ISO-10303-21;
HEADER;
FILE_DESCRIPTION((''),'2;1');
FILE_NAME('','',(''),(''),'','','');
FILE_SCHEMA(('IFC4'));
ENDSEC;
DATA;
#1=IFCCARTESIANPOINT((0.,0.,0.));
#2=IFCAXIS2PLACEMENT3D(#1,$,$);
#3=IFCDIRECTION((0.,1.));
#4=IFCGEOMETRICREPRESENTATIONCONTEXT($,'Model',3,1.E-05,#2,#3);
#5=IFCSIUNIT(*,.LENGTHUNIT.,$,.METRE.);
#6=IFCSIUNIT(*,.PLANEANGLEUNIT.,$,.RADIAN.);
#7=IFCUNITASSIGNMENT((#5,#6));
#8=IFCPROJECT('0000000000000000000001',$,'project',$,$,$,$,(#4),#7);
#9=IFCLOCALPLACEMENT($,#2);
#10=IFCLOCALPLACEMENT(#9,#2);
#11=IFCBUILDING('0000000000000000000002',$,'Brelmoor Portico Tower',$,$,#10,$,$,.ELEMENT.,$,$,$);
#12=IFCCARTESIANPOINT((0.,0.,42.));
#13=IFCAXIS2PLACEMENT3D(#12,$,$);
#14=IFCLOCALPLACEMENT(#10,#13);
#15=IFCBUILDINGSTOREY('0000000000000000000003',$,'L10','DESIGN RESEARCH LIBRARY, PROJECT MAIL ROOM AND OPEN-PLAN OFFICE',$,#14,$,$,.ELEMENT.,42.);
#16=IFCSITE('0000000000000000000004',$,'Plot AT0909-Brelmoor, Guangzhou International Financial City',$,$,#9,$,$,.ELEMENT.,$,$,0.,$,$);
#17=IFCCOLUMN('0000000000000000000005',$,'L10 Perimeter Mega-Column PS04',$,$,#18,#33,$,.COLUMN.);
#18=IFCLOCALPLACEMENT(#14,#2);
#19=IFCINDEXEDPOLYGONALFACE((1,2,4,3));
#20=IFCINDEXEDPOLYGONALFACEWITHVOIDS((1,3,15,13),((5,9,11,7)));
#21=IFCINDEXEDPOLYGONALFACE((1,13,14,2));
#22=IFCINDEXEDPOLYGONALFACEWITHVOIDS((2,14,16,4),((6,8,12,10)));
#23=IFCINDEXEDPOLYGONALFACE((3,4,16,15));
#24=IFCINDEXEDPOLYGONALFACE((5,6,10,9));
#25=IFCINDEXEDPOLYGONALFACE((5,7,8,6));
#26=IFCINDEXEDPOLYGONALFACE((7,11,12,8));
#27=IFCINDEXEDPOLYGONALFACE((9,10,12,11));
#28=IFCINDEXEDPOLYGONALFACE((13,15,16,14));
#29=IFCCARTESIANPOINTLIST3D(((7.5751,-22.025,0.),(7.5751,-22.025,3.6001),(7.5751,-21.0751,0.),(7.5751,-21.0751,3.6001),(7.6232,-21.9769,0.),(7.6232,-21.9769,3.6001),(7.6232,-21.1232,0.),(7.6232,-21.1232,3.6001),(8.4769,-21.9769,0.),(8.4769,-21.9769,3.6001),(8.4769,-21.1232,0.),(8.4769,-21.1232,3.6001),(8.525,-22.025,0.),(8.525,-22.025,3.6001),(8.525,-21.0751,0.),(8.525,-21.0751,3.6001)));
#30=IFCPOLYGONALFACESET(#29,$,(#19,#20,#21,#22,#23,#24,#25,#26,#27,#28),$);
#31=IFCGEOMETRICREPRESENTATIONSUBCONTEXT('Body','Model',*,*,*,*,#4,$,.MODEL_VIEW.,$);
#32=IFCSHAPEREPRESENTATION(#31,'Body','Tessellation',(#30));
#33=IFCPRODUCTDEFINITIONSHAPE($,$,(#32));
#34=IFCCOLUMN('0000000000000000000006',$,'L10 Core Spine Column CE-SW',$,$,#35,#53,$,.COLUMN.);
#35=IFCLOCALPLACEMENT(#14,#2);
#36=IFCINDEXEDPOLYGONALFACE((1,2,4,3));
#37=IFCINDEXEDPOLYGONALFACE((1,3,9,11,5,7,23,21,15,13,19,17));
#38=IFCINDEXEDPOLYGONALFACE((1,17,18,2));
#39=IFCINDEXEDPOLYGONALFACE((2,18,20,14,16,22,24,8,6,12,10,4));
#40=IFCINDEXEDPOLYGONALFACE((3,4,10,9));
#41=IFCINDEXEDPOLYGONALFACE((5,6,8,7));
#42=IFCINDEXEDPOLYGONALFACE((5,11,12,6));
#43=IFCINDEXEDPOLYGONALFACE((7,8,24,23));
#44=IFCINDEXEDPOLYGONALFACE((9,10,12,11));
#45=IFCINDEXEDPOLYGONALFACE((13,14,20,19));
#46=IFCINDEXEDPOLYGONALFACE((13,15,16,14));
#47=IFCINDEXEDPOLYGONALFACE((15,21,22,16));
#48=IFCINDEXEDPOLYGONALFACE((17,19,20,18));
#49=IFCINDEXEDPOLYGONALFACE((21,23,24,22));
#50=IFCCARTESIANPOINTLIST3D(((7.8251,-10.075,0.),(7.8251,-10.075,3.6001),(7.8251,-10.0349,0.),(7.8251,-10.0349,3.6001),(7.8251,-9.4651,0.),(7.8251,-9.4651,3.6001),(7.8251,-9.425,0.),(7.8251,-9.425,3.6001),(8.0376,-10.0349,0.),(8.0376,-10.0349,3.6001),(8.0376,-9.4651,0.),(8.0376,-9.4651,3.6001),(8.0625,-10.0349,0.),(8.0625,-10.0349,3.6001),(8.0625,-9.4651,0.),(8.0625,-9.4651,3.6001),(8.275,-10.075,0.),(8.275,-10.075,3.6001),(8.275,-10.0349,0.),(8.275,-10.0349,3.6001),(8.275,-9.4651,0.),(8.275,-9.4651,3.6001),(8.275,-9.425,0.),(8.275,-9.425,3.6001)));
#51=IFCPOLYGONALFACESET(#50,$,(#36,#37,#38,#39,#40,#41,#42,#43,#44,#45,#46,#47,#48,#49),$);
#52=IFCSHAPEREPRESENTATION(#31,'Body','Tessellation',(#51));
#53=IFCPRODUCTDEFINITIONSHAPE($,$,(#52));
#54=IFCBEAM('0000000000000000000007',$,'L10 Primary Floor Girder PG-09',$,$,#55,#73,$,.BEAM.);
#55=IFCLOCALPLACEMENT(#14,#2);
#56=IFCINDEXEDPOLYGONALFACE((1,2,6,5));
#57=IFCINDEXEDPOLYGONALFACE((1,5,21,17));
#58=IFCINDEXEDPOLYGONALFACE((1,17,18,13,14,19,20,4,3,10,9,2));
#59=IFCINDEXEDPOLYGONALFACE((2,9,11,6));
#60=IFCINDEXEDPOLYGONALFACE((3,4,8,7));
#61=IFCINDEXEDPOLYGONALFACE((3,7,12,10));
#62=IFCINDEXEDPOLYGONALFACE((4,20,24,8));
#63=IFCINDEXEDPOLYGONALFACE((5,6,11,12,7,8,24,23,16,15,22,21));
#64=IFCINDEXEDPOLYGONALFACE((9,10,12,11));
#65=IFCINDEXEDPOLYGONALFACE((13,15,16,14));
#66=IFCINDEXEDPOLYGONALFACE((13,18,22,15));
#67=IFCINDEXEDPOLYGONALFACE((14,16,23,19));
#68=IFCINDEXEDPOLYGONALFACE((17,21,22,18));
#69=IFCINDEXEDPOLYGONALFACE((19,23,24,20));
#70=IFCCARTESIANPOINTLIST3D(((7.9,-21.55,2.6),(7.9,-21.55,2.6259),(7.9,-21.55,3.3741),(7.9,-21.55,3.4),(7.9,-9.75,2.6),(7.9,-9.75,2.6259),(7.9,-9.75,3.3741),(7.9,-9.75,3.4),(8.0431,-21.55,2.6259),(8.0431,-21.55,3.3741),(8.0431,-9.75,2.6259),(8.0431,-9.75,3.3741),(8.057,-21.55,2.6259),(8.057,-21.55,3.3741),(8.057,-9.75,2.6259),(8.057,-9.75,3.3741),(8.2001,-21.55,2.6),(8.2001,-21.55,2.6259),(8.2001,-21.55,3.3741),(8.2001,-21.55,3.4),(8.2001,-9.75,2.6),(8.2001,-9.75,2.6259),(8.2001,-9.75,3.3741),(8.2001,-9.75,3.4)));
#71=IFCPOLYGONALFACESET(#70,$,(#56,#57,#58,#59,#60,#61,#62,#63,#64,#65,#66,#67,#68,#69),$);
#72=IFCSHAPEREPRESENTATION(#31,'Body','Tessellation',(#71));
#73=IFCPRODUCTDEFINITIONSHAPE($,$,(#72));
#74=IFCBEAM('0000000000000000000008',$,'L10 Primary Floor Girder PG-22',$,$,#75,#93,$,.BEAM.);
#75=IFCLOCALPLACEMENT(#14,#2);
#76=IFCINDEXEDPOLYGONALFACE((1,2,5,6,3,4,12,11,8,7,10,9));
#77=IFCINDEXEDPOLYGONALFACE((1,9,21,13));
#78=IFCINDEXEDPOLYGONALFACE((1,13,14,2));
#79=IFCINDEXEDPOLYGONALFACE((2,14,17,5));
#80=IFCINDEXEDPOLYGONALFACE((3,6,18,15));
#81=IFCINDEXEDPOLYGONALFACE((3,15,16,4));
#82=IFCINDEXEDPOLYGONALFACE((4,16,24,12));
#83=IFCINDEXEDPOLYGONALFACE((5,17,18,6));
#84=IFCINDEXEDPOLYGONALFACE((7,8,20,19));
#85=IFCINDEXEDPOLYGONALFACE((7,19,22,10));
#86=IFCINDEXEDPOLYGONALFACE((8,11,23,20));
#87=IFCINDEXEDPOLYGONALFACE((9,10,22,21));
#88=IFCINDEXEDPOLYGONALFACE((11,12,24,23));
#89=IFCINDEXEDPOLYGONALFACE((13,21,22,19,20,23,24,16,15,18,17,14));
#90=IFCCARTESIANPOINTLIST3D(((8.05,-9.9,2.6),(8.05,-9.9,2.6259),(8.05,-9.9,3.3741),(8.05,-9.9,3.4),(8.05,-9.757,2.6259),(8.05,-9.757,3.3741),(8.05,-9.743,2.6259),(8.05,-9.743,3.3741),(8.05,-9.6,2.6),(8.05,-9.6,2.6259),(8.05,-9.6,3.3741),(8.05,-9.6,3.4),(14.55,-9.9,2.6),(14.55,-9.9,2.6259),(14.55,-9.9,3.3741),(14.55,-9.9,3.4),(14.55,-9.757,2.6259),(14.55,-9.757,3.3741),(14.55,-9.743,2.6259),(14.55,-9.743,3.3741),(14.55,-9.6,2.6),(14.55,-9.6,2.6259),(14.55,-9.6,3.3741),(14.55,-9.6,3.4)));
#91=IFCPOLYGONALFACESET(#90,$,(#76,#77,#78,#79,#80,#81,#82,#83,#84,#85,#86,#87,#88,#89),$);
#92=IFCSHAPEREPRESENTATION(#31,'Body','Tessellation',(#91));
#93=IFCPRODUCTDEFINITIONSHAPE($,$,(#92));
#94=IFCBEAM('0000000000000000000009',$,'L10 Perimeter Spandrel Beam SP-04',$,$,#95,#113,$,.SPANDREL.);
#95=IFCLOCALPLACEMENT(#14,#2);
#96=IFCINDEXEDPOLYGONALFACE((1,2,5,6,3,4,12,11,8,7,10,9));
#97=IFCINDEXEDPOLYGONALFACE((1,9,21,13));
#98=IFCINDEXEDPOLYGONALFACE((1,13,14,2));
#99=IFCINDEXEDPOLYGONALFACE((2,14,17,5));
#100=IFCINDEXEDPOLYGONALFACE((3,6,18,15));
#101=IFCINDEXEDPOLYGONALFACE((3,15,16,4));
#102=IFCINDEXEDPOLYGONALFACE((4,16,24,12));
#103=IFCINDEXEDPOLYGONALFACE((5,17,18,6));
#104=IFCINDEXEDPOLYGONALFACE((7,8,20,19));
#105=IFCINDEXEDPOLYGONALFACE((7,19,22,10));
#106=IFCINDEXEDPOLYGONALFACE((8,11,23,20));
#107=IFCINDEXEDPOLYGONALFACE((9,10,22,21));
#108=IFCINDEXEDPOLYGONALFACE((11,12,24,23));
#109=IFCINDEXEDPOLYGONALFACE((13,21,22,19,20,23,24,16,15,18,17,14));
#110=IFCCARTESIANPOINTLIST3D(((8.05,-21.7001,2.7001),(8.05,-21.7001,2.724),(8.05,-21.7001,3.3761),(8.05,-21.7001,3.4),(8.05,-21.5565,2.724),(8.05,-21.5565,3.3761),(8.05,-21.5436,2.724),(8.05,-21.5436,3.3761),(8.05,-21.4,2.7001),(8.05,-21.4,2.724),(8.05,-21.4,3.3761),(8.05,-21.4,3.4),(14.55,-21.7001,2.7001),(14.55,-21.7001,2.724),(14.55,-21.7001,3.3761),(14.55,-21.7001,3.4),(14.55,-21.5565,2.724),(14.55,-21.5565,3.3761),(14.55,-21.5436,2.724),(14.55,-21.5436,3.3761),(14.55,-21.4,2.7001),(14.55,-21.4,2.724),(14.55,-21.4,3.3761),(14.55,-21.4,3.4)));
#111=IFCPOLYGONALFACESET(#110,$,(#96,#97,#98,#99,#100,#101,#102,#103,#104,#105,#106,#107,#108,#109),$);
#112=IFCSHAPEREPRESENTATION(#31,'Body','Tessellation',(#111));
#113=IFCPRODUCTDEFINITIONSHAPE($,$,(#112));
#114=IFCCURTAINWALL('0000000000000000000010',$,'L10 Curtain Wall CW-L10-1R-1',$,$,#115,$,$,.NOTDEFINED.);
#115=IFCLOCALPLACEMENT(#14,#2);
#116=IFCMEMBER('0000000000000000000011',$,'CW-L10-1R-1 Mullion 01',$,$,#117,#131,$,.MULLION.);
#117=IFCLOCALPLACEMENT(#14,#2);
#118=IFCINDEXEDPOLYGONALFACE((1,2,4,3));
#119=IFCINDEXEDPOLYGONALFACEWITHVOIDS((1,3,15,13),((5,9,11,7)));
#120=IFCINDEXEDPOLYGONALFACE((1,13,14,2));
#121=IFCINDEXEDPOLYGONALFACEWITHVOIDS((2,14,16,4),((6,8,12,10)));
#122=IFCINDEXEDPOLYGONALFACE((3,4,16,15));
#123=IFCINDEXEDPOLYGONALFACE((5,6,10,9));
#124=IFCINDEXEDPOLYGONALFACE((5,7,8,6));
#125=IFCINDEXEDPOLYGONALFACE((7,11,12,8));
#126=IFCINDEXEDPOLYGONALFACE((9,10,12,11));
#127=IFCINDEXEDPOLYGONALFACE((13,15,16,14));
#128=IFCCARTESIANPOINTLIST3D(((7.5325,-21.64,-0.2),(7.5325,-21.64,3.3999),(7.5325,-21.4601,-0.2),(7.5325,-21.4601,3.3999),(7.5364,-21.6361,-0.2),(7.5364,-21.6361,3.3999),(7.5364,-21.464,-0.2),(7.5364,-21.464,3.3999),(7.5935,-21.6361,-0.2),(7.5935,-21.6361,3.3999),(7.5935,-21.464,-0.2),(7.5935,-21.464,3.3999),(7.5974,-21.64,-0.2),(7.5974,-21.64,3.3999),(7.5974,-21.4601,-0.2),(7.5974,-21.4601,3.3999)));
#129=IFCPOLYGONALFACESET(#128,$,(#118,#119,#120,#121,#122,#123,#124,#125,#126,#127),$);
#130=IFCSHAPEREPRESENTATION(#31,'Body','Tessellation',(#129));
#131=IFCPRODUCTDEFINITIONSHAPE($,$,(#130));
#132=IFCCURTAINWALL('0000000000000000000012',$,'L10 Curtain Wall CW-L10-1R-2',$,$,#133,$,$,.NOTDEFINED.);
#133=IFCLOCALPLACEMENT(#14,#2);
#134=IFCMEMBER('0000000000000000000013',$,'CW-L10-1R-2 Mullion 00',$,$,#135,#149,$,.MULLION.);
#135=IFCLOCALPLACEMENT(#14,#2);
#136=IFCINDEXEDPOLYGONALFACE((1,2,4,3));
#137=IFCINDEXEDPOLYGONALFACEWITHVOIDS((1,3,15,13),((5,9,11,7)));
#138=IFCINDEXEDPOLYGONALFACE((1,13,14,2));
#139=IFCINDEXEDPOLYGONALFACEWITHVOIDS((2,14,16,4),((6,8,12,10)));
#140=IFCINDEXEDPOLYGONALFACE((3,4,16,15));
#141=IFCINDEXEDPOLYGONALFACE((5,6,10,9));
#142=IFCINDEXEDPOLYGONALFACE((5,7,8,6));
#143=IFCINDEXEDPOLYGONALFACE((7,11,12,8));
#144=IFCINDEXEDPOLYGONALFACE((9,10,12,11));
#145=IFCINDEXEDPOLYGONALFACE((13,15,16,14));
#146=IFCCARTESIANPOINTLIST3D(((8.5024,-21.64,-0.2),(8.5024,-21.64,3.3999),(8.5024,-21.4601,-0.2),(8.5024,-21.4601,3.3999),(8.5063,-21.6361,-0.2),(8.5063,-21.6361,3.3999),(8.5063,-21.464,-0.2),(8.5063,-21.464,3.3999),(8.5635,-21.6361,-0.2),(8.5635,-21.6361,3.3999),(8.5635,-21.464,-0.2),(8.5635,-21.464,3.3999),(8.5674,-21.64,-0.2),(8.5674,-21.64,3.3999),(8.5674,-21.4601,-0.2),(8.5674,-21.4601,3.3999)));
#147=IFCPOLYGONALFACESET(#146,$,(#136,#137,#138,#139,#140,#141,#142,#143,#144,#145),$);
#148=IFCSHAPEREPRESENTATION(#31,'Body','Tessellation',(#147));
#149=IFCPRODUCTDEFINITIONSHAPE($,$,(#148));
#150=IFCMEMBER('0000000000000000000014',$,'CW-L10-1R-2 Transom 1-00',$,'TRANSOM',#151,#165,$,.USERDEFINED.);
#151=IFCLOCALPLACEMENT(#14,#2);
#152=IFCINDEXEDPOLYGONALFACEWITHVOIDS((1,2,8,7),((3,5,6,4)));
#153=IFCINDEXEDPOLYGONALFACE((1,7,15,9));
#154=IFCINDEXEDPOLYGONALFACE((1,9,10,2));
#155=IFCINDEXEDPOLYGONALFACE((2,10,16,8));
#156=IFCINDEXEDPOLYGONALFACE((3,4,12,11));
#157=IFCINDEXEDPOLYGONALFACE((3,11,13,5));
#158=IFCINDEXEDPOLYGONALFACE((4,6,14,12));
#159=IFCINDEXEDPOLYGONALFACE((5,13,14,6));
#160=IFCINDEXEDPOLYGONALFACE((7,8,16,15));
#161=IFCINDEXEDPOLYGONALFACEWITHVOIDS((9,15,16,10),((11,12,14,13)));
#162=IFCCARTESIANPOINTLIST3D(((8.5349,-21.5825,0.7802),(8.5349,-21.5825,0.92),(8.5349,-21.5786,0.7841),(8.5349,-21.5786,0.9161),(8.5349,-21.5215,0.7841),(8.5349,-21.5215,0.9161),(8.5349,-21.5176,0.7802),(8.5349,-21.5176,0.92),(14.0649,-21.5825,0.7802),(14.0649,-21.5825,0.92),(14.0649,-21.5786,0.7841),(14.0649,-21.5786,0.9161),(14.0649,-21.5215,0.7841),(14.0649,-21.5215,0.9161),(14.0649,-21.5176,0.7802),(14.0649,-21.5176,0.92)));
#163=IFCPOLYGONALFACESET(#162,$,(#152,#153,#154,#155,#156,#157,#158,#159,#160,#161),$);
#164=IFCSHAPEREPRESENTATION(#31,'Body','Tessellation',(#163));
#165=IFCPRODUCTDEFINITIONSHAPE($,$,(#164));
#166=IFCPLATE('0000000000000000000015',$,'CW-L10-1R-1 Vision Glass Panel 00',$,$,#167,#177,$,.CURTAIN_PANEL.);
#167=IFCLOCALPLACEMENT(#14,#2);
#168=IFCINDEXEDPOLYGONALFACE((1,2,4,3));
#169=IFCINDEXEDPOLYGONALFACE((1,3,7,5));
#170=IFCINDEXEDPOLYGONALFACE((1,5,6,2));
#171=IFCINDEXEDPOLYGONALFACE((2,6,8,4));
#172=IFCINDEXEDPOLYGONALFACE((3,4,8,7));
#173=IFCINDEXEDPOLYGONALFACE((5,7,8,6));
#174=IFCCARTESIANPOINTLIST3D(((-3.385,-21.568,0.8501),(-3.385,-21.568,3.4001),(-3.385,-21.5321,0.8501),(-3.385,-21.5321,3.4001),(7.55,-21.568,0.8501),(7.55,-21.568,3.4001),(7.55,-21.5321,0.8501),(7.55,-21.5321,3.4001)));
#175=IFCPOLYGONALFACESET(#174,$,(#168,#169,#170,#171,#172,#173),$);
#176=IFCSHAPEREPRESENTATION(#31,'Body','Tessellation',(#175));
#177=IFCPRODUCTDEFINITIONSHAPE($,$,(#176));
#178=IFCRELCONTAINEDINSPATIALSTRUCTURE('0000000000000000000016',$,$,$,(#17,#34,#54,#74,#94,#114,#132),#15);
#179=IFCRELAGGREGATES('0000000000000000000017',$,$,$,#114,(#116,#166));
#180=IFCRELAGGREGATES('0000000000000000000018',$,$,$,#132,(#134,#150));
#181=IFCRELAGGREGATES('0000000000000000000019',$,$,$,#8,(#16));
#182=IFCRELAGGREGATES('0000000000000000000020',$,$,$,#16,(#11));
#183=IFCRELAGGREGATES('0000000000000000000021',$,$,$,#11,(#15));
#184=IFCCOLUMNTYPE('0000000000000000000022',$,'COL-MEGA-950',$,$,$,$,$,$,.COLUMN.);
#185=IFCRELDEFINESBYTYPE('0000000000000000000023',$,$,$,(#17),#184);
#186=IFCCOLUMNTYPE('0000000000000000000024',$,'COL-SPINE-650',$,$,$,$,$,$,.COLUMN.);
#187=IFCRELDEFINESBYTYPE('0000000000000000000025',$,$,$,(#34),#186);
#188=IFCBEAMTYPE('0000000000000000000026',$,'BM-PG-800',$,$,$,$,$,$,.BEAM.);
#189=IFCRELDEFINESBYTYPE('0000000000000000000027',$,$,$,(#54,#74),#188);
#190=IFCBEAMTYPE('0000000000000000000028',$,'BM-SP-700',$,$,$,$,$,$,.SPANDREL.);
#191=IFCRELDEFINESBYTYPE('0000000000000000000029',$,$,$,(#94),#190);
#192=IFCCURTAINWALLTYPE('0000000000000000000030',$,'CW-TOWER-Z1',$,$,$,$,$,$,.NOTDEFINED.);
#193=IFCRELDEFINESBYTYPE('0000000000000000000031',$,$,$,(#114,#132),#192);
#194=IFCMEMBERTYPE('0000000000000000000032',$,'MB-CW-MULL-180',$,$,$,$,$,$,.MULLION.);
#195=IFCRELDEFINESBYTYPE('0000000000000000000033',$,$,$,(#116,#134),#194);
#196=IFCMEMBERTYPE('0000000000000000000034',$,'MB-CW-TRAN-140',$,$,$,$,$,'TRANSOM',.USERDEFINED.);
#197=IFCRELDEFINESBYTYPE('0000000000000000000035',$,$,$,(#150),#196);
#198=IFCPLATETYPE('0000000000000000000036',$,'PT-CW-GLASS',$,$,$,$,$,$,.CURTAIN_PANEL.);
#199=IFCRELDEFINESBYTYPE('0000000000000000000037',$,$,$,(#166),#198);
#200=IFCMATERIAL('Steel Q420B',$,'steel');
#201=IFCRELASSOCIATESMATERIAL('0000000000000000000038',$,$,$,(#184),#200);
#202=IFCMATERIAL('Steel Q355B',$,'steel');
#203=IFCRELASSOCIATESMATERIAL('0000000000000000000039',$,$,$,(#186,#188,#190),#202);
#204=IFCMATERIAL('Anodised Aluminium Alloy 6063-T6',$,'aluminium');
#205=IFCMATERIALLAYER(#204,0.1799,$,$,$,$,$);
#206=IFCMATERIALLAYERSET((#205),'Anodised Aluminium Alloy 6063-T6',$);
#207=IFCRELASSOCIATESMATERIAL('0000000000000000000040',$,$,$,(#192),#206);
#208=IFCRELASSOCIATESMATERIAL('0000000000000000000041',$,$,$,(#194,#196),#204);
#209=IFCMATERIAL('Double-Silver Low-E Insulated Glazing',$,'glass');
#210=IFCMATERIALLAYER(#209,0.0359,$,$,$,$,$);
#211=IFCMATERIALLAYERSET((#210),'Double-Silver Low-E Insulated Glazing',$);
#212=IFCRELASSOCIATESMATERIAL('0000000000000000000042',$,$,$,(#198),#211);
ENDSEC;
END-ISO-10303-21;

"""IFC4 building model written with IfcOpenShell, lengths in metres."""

from ifc_helpers import new_model, si_unit, direction, frame, origin, origin_2d, place, context, subcontext, project, spatial, rectangle, hollow_rectangle, i_section, extrude, material, layer, layer_set, material_profile, profile_set, type_object, element, aggregate, save


model = new_model("IFC4")

# Units and contexts
model_context = context("Model", 3, precision=1e-05, world=origin(), true_north=direction((0.0, 1.0)))
body_context = subcontext(model_context, "Body", "Model", "MODEL_VIEW")
ifc_project = project(units=[si_unit("LENGTHUNIT", "METRE"), si_unit("PLANEANGLEUNIT", "RADIAN")], contexts=[model_context])

# Site, building, storey
site_placement = place(None, origin())
site = spatial("IfcSite", under=ifc_project, at=site_placement, Name="Plot AT0909-Brelmoor, Guangzhou International Financial City", CompositionType="ELEMENT", RefElevation=0.0)
building_placement = place(site_placement, origin())
building = spatial("IfcBuilding", under=site, at=building_placement, Name="Brelmoor Portico Tower", CompositionType="ELEMENT")
storey_placement = place(building_placement, frame((0.0, 0.0, 42.0)))
storey = spatial("IfcBuildingStorey", under=building, at=storey_placement, Name="L10", Description="DESIGN RESEARCH LIBRARY, PROJECT MAIL ROOM AND OPEN-PLAN OFFICE", CompositionType="ELEMENT", Elevation=42.0)

# Columns
ifc_material_1 = material(Name="Steel Q420B", Category="steel")
ifc_material_profile_1 = material_profile(ifc_material_1, hollow_rectangle(XDim=0.95, YDim=0.95, WallThickness=0.0481, at=origin_2d()), Name="BOX 950x950x48")
ifc_profile_set_1 = profile_set([ifc_material_profile_1], Name="Steel Q420B")
column_type_1 = type_object("IfcColumnType", Name="COL-MEGA-950", PredefinedType="COLUMN", material=ifc_profile_set_1)
column_1_placement = place(storey_placement, frame((8.05, -21.55, 0.0), z_axis=(0.0, 0.0, 1.0), x_axis=(1.0, 0.0, 0.0)))
element("IfcColumn", 1, at=column_1_placement, inside=storey, type_object=column_type_1, Name="L10 Perimeter Mega-Column PS04", PredefinedType="COLUMN", context=body_context, shape_type="SweptSolid", body=[
    extrude(hollow_rectangle(XDim=0.95, YDim=0.95, WallThickness=0.0481, at=origin_2d()), origin(), (0.0, 0.0, 1.0), 3.6001),
])
ifc_material_2 = material(Name="Steel Q355B", Category="steel")
ifc_material_profile_2 = material_profile(ifc_material_2, i_section(OverallWidth=0.45, OverallDepth=0.6499, WebThickness=0.0249, FlangeThickness=0.04, at=origin_2d()), Name="HW 650x450x25x40")
ifc_profile_set_2 = profile_set([ifc_material_profile_2], Name="Steel Q355B")
column_type_2 = type_object("IfcColumnType", Name="COL-SPINE-650", PredefinedType="COLUMN", material=ifc_profile_set_2)
column_2_placement = place(storey_placement, frame((8.05, -9.75, 0.0), z_axis=(0.0, 0.0, 1.0), x_axis=(1.0, 0.0, 0.0)))
element("IfcColumn", 2, at=column_2_placement, inside=storey, type_object=column_type_2, Name="L10 Core Spine Column CE-SW", PredefinedType="COLUMN", context=body_context, shape_type="SweptSolid", body=[
    extrude(i_section(OverallWidth=0.45, OverallDepth=0.6499, WebThickness=0.0249, FlangeThickness=0.04, at=origin_2d()), origin(), (0.0, 0.0, 1.0), 3.6001),
])

# Beams
ifc_material_profile_3 = material_profile(ifc_material_2, i_section(OverallWidth=0.3, OverallDepth=0.8, WebThickness=0.0139, FlangeThickness=0.0259, at=origin_2d()), Name="HN 800x300x14x26")
ifc_profile_set_3 = profile_set([ifc_material_profile_3], Name="Steel Q355B")
beam_type_1 = type_object("IfcBeamType", Name="BM-PG-800", PredefinedType="BEAM", material=ifc_profile_set_3)
beam_1_placement = place(storey_placement, frame((8.05, -21.55, 3.0), z_axis=(0.0, 1.0, 0.0), x_axis=(-1.0, 0.0, 0.0)))
element("IfcBeam", 3, at=beam_1_placement, inside=storey, type_object=beam_type_1, Name="L10 Primary Floor Girder PG-09", PredefinedType="BEAM", context=body_context, shape_type="SweptSolid", body=[
    extrude(i_section(OverallWidth=0.3, OverallDepth=0.8, WebThickness=0.0139, FlangeThickness=0.0259, at=origin_2d()), origin(), (0.0, 0.0, 1.0), 11.8),
])
beam_2_placement = place(storey_placement, frame((8.05, -9.75, 3.0), z_axis=(1.0, 0.0, 0.0), x_axis=(0.0, 1.0, 0.0)))
element("IfcBeam", 4, at=beam_2_placement, inside=storey, type_object=beam_type_1, Name="L10 Primary Floor Girder PG-22", PredefinedType="BEAM", context=body_context, shape_type="SweptSolid", body=[
    extrude(i_section(OverallWidth=0.3, OverallDepth=0.8, WebThickness=0.0139, FlangeThickness=0.0259, at=origin_2d()), origin(), (0.0, 0.0, 1.0), 6.5),
])
ifc_material_profile_4 = material_profile(ifc_material_2, i_section(OverallWidth=0.3, OverallDepth=0.7, WebThickness=0.0129, FlangeThickness=0.0239, at=origin_2d()), Name="HN 700x300x13x24")
ifc_profile_set_4 = profile_set([ifc_material_profile_4], Name="Steel Q355B")
beam_type_2 = type_object("IfcBeamType", Name="BM-SP-700", PredefinedType="SPANDREL", material=ifc_profile_set_4)
beam_3_placement = place(storey_placement, frame((8.05, -21.55, 3.05), z_axis=(1.0, 0.0, 0.0), x_axis=(0.0, 1.0, 0.0)))
element("IfcBeam", 5, at=beam_3_placement, inside=storey, type_object=beam_type_2, Name="L10 Perimeter Spandrel Beam SP-04", PredefinedType="SPANDREL", context=body_context, shape_type="SweptSolid", body=[
    extrude(i_section(OverallWidth=0.3, OverallDepth=0.7, WebThickness=0.0129, FlangeThickness=0.0239, at=origin_2d()), origin(), (0.0, 0.0, 1.0), 6.5),
])

# Curtain wall, member
ifc_material_3 = material(Name="Anodised Aluminium Alloy 6063-T6", Category="aluminium")
ifc_layer_1 = layer(ifc_material_3, 0.1799)
ifc_layer_set_1 = layer_set([ifc_layer_1], Name="Anodised Aluminium Alloy 6063-T6")
curtain_wall_type = type_object("IfcCurtainWallType", Name="CW-TOWER-Z1", PredefinedType="NOTDEFINED", material=ifc_layer_set_1)
curtain_wall_1_placement = place(storey_placement, origin())
curtain_wall_1 = element("IfcCurtainWall", 6, at=curtain_wall_1_placement, inside=storey, type_object=curtain_wall_type, Name="L10 Curtain Wall CW-L10-1R-1", PredefinedType="NOTDEFINED")
ifc_material_profile_5 = material_profile(ifc_material_3, hollow_rectangle(XDim=0.0649, YDim=0.1799, WallThickness=0.0039, at=origin_2d()), Name="ALU MULLION 65x180")
ifc_profile_set_5 = profile_set([ifc_material_profile_5], Name="Anodised Aluminium Alloy 6063-T6")
member_type_1 = type_object("IfcMemberType", Name="MB-CW-MULL-180", PredefinedType="MULLION", material=ifc_profile_set_5)
member_1_placement = place(storey_placement, frame((7.5649, -21.55, -0.2), z_axis=(0.0, 0.0, 1.0), x_axis=(1.0, 0.0, 0.0)))
member_1 = element("IfcMember", 7, at=member_1_placement, type_object=member_type_1, Name="CW-L10-1R-1 Mullion 01", PredefinedType="MULLION", context=body_context, shape_type="SweptSolid", body=[
    extrude(hollow_rectangle(XDim=0.0649, YDim=0.1799, WallThickness=0.0039, at=origin_2d()), origin(), (0.0, 0.0, 1.0), 3.5999),
])

# Curtain wall, members
curtain_wall_2_placement = place(storey_placement, origin())
curtain_wall_2 = element("IfcCurtainWall", 8, at=curtain_wall_2_placement, inside=storey, type_object=curtain_wall_type, Name="L10 Curtain Wall CW-L10-1R-2", PredefinedType="NOTDEFINED")
member_2_placement = place(storey_placement, frame((8.5349, -21.55, -0.2), z_axis=(0.0, 0.0, 1.0), x_axis=(1.0, 0.0, 0.0)))
member_2 = element("IfcMember", 9, at=member_2_placement, type_object=member_type_1, Name="CW-L10-1R-2 Mullion 00", PredefinedType="MULLION", context=body_context, shape_type="SweptSolid", body=[
    extrude(hollow_rectangle(XDim=0.0649, YDim=0.1799, WallThickness=0.0039, at=origin_2d()), origin(), (0.0, 0.0, 1.0), 3.5999),
])
ifc_material_profile_6 = material_profile(ifc_material_3, hollow_rectangle(XDim=0.0649, YDim=0.1399, WallThickness=0.0039, at=origin_2d()), Name="ALU TRANSOM 65x140")
ifc_profile_set_6 = profile_set([ifc_material_profile_6], Name="Anodised Aluminium Alloy 6063-T6")
member_type_2 = type_object("IfcMemberType", Name="MB-CW-TRAN-140", ElementType="TRANSOM", PredefinedType="USERDEFINED", material=ifc_profile_set_6)
member_3_placement = place(storey_placement, frame((8.5349, -21.55, 0.8501), z_axis=(1.0, 0.0, 0.0), x_axis=(0.0, 1.0, 0.0)))
member_3 = element("IfcMember", 10, at=member_3_placement, type_object=member_type_2, Name="CW-L10-1R-2 Transom 1-00", ObjectType="TRANSOM", PredefinedType="USERDEFINED", context=body_context, shape_type="SweptSolid", body=[
    extrude(hollow_rectangle(XDim=0.0649, YDim=0.1399, WallThickness=0.0039, at=origin_2d()), origin(), (0.0, 0.0, 1.0), 5.53),
])

# Plate
ifc_material_4 = material(Name="Double-Silver Low-E Insulated Glazing", Category="glass")
ifc_layer_2 = layer(ifc_material_4, 0.0359)
ifc_layer_set_2 = layer_set([ifc_layer_2], Name="Double-Silver Low-E Insulated Glazing")
plate_type_1 = type_object("IfcPlateType", Name="PT-CW-GLASS", PredefinedType="CURTAIN_PANEL", material=ifc_layer_set_2)
plate_1_placement = place(storey_placement, frame((2.0825, -21.55, 0.8501), z_axis=(0.0, 0.0, 1.0), x_axis=(1.0, 0.0, 0.0)))
plate_1 = element("IfcPlate", 11, at=plate_1_placement, type_object=plate_type_1, Name="CW-L10-1R-1 Vision Glass Panel 00", PredefinedType="CURTAIN_PANEL", context=body_context, shape_type="SweptSolid", body=[
    extrude(rectangle(XDim=10.9351, YDim=0.0359, at=origin_2d()), origin(), (0.0, 0.0, 1.0), 2.55),
])
aggregate(curtain_wall_1, [member_1, plate_1])
aggregate(curtain_wall_2, [member_2, member_3])

save(model, "model.ifc")
